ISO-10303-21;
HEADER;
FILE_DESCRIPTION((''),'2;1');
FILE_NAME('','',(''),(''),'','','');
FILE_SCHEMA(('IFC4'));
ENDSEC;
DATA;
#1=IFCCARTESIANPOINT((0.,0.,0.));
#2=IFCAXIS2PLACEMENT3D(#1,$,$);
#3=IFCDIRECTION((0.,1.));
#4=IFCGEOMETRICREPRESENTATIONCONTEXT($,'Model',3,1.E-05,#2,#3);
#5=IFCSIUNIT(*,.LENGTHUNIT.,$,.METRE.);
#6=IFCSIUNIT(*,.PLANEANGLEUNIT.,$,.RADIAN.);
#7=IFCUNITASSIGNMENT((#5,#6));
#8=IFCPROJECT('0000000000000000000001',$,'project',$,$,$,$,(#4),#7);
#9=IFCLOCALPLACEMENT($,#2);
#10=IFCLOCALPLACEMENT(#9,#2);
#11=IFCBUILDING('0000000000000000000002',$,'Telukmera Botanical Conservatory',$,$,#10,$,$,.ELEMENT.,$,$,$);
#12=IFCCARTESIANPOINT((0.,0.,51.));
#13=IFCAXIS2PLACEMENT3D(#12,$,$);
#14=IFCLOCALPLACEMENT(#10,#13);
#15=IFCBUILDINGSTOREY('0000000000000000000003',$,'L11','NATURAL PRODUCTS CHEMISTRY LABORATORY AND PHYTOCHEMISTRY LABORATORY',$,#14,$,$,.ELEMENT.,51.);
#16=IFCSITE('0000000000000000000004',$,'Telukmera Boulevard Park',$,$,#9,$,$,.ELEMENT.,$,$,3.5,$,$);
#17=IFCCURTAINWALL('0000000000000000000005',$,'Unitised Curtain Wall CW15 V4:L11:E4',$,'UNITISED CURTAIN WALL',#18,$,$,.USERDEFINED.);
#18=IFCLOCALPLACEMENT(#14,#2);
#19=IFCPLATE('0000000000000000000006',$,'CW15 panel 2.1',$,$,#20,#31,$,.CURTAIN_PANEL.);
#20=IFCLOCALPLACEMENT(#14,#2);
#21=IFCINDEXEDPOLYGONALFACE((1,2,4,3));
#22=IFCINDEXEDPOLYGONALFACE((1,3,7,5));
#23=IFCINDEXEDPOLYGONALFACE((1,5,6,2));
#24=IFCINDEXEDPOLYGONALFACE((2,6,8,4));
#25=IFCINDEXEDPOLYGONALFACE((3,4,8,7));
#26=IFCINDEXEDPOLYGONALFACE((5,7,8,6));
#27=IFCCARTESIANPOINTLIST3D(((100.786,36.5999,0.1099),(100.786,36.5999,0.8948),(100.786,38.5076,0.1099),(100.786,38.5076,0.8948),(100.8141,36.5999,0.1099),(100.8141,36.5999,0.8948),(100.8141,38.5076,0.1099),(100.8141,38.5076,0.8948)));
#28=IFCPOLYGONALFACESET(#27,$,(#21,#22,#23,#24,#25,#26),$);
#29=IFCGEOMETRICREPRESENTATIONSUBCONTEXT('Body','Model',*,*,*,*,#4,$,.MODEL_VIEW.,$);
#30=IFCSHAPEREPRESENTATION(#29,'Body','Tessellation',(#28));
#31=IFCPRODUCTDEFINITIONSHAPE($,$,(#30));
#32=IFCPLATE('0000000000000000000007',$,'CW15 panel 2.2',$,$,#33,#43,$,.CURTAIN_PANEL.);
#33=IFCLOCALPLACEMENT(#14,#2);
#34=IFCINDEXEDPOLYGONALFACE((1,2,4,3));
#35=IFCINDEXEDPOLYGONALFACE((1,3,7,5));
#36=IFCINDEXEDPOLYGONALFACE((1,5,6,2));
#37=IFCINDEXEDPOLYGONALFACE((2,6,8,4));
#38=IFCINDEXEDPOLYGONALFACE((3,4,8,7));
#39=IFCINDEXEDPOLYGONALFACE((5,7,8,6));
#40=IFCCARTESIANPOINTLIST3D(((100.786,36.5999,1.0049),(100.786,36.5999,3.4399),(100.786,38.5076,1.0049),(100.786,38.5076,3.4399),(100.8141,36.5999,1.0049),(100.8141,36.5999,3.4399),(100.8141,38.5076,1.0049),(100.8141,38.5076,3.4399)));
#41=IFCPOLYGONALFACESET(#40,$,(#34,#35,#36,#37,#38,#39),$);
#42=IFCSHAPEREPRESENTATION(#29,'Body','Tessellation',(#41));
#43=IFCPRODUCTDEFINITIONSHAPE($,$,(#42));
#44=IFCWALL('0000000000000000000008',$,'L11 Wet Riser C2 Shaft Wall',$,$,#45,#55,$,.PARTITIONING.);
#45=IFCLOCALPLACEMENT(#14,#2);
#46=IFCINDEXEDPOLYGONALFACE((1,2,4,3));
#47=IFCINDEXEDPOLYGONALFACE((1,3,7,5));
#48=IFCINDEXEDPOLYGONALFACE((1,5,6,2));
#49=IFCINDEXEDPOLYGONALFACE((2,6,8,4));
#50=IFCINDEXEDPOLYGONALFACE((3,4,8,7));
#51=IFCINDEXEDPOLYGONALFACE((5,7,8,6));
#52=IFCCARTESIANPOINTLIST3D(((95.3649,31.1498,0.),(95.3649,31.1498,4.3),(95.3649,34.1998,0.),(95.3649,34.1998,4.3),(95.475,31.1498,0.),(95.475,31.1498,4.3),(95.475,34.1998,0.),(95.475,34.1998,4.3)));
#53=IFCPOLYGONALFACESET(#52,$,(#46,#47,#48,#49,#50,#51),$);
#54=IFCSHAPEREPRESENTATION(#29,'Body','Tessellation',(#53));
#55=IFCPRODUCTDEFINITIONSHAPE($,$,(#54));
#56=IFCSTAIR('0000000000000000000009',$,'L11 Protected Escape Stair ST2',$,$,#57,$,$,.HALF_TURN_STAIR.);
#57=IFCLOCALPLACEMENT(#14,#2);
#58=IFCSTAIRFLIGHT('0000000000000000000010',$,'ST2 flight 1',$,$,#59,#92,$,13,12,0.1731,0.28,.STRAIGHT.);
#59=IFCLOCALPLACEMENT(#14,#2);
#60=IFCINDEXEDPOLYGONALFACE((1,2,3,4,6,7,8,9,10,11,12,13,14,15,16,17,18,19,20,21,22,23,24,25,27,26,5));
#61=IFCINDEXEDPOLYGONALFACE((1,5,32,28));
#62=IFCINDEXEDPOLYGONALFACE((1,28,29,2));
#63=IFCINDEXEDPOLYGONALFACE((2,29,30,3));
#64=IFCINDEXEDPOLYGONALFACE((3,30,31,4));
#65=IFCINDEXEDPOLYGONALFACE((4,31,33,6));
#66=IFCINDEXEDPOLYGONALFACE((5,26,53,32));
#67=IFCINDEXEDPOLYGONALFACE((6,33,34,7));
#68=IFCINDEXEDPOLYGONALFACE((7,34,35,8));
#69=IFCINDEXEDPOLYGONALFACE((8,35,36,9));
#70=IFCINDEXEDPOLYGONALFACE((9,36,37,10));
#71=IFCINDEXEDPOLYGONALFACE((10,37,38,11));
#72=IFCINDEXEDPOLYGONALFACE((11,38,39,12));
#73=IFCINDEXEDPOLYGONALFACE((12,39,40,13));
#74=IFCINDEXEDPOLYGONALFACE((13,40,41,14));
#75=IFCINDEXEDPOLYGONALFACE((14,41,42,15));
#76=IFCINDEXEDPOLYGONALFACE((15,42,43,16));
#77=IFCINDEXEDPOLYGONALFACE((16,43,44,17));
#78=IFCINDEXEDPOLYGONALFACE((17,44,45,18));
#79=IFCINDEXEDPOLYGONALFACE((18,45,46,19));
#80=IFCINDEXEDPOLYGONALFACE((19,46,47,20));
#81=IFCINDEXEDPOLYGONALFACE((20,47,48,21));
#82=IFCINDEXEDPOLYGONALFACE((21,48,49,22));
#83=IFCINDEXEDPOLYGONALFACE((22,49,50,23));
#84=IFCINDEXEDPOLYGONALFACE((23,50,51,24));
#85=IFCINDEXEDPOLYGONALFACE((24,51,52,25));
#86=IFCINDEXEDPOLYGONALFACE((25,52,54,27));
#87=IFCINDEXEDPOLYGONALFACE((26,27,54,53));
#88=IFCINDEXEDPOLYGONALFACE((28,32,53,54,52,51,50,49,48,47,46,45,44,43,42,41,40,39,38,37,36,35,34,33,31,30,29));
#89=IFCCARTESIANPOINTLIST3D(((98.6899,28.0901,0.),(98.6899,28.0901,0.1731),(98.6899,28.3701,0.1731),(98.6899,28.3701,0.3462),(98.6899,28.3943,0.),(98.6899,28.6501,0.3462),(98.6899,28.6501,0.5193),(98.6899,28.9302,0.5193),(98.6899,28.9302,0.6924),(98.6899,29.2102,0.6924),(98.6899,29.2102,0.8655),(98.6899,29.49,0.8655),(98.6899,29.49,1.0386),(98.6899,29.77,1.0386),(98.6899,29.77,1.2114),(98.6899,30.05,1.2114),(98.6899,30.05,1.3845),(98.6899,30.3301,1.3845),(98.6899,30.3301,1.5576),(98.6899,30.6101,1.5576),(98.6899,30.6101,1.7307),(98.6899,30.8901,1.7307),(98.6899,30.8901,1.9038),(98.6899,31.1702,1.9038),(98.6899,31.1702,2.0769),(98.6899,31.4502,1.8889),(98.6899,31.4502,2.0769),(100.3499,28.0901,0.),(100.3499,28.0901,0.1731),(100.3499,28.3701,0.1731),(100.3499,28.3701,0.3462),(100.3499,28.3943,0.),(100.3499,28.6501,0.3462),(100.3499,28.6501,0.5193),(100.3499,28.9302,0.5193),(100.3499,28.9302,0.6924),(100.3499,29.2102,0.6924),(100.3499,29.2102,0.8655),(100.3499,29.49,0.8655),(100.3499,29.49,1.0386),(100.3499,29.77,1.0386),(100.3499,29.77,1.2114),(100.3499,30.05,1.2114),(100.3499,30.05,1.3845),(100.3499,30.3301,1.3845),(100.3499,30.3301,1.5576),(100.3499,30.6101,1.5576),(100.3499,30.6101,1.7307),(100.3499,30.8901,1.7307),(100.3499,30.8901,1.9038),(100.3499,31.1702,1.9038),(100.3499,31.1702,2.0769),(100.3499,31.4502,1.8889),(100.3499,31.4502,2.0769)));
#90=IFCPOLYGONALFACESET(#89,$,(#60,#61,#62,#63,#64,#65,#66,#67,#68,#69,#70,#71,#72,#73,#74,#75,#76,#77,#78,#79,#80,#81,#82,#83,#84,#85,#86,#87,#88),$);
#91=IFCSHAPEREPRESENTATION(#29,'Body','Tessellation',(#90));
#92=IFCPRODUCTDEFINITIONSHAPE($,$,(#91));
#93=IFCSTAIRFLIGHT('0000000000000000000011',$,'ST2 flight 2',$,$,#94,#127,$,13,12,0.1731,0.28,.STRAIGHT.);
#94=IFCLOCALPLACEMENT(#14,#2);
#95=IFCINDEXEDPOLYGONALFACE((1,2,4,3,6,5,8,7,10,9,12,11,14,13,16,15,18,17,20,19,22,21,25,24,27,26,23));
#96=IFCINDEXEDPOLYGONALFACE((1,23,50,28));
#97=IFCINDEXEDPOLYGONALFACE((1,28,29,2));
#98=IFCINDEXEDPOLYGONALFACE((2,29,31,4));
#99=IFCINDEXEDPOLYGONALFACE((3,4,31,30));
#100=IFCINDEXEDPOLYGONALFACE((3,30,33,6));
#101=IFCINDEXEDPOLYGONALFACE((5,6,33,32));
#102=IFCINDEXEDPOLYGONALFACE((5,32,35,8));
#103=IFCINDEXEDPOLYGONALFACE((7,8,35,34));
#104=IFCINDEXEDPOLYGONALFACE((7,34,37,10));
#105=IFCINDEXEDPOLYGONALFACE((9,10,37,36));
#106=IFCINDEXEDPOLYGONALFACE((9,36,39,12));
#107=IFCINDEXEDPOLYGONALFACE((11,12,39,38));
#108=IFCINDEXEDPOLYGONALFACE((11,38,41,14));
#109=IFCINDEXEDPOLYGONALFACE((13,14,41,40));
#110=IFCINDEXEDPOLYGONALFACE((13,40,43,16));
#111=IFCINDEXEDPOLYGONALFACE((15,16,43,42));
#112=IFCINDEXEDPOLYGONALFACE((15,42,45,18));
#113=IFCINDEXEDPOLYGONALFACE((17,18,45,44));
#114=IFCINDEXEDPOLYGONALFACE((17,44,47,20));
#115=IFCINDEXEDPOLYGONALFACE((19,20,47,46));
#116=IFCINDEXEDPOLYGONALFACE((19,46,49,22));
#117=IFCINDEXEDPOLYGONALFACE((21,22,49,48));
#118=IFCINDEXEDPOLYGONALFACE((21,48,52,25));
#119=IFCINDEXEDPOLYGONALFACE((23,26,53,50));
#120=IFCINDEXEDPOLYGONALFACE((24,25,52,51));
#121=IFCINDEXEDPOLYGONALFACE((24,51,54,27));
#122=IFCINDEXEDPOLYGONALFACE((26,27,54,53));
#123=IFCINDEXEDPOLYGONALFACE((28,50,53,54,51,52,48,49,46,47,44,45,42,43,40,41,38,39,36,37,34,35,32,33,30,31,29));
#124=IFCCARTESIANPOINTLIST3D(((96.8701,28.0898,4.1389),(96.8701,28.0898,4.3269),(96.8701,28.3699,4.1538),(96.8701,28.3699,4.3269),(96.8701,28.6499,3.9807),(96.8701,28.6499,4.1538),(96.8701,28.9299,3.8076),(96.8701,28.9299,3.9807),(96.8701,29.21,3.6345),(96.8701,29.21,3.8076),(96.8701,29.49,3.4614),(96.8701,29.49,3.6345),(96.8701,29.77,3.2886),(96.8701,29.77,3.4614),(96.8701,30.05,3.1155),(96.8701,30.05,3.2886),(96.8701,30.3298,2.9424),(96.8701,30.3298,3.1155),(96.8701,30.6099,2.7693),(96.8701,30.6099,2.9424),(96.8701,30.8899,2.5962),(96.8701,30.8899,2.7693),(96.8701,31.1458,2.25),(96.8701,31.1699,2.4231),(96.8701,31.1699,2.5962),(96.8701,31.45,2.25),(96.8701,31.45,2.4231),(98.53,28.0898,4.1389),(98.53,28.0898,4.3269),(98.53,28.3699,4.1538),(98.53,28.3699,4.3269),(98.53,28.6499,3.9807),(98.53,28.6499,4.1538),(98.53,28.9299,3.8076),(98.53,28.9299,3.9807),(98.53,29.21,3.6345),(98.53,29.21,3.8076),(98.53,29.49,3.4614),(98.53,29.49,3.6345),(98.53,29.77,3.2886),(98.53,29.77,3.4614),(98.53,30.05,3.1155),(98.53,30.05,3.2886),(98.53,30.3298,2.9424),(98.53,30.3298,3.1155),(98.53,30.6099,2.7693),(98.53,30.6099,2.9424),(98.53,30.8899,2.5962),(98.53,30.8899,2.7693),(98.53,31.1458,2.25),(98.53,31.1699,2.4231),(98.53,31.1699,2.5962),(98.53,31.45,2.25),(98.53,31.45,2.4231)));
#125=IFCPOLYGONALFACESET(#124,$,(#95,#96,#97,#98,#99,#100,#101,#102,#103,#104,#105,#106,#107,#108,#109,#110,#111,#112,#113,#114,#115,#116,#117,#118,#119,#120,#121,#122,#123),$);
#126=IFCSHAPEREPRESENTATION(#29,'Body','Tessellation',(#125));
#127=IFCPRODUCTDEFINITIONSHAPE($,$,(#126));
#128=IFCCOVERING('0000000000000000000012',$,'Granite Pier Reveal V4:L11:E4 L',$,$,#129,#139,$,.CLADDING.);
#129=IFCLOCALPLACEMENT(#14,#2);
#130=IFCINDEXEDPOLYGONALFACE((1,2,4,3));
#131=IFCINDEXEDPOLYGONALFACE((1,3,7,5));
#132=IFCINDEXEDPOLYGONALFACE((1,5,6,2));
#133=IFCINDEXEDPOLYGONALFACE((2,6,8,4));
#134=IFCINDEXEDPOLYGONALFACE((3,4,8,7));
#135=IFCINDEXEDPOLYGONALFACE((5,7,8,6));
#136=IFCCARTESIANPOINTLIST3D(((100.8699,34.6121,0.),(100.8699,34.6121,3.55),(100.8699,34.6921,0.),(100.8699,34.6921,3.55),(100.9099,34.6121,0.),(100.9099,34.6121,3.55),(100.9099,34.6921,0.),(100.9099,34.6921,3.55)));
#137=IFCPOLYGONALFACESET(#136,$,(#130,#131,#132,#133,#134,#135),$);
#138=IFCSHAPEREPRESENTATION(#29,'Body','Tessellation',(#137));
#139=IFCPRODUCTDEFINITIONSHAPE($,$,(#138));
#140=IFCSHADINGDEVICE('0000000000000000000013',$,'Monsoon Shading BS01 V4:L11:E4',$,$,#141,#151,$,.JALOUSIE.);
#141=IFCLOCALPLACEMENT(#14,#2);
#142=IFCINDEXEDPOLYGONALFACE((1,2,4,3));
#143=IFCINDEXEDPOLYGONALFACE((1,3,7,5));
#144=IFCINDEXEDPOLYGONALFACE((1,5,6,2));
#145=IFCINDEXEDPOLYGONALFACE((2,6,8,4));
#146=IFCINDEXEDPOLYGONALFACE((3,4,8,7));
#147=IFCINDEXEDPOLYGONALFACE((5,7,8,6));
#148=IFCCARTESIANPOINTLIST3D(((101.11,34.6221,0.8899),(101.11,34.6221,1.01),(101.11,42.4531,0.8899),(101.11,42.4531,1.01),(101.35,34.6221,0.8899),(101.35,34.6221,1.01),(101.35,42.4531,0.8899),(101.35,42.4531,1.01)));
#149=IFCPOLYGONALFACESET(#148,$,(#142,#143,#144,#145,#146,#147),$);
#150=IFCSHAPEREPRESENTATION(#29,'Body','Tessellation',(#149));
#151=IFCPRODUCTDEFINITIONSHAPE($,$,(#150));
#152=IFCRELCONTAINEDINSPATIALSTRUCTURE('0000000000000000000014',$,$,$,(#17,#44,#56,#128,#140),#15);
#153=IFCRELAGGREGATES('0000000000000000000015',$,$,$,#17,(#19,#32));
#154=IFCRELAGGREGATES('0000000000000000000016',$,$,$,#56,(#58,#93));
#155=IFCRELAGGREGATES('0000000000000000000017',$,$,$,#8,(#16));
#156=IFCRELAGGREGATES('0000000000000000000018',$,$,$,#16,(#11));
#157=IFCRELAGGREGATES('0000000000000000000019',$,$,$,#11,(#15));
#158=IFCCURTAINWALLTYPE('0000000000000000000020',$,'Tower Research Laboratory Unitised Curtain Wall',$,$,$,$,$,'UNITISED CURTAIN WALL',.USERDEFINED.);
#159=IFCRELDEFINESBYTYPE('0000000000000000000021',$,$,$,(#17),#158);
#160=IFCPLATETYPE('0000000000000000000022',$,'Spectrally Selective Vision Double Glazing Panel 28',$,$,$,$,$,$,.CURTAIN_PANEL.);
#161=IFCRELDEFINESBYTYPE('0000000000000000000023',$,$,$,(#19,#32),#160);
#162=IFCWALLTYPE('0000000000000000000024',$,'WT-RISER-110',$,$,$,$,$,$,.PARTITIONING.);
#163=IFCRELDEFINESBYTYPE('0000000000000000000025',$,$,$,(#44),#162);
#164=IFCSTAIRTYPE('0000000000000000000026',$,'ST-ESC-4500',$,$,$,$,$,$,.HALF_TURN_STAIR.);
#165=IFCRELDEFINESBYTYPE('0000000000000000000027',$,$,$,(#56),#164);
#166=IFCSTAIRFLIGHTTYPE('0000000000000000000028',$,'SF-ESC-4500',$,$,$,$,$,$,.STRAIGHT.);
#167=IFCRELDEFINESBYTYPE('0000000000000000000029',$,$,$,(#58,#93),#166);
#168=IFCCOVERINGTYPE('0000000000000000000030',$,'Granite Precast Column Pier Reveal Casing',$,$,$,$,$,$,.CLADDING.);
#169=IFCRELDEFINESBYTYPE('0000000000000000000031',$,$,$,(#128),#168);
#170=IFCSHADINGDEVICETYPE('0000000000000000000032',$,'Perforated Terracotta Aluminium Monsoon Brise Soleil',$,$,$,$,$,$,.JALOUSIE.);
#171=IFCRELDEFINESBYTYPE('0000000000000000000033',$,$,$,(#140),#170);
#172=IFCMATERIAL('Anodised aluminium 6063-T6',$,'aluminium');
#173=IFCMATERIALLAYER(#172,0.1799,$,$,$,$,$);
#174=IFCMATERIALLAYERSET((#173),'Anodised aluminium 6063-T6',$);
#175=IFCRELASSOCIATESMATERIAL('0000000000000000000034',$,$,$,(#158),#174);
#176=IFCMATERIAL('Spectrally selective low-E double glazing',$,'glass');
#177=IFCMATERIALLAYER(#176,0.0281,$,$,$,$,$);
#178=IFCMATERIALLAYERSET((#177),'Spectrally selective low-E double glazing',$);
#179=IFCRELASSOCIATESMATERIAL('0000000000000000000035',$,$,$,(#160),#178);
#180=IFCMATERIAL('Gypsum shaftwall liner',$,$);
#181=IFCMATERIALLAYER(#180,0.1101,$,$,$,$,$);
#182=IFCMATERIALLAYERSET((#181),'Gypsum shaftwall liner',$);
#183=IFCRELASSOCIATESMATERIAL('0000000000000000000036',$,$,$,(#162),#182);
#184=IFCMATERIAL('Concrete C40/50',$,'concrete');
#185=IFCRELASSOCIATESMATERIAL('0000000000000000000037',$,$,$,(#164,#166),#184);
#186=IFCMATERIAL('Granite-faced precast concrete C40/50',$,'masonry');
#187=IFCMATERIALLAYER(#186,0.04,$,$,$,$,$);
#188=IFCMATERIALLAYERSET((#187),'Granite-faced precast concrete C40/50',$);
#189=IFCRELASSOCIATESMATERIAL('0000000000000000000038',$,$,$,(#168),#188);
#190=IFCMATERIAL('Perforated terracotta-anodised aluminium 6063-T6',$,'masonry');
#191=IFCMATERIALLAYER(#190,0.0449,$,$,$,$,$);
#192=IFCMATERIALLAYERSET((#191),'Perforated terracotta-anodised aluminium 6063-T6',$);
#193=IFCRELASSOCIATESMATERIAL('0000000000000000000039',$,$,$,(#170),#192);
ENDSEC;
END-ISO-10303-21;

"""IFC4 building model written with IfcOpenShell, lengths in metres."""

from ifc_helpers import new_model, si_unit, direction, frame, frame_2d, origin, origin_2d, place, context, subcontext, project, spatial, polyline, rectangle, outline, extrude, material, layer, layer_set, type_object, element, aggregate, save


model = new_model("IFC4")

# Units and contexts
model_context = context("Model", 3, precision=1e-05, world=origin(), true_north=direction((0.0, 1.0)))
body_context = subcontext(model_context, "Body", "Model", "MODEL_VIEW")
ifc_project = project(units=[si_unit("LENGTHUNIT", "METRE"), si_unit("PLANEANGLEUNIT", "RADIAN")], contexts=[model_context])

# Site, building, storey
site_placement = place(None, origin())
site = spatial("IfcSite", under=ifc_project, at=site_placement, Name="Telukmera Boulevard Park", CompositionType="ELEMENT", RefElevation=3.5)
building_placement = place(site_placement, origin())
building = spatial("IfcBuilding", under=site, at=building_placement, Name="Telukmera Botanical Conservatory", CompositionType="ELEMENT")
storey_placement = place(building_placement, frame((0.0, 0.0, 51.0)))
storey = spatial("IfcBuildingStorey", under=building, at=storey_placement, Name="L11", Description="NATURAL PRODUCTS CHEMISTRY LABORATORY AND PHYTOCHEMISTRY LABORATORY", CompositionType="ELEMENT", Elevation=51.0)

# Shared definitions
ifc_material_1 = material(Name="Concrete C40/50", Category="concrete")

# Curtain wall, plates
ifc_material_2 = material(Name="Anodised aluminium 6063-T6", Category="aluminium")
ifc_layer_1 = layer(ifc_material_2, 0.1799)
ifc_layer_set_1 = layer_set([ifc_layer_1], Name="Anodised aluminium 6063-T6")
curtain_wall_type = type_object("IfcCurtainWallType", Name="Tower Research Laboratory Unitised Curtain Wall", ElementType="UNITISED CURTAIN WALL", PredefinedType="USERDEFINED", material=ifc_layer_set_1)
curtain_wall_placement = place(storey_placement, origin())
curtain_wall = element("IfcCurtainWall", 1, at=curtain_wall_placement, inside=storey, type_object=curtain_wall_type, Name="Unitised Curtain Wall CW15 V4:L11:E4", ObjectType="UNITISED CURTAIN WALL", PredefinedType="USERDEFINED")
ifc_material_3 = material(Name="Spectrally selective low-E double glazing", Category="glass")
ifc_layer_2 = layer(ifc_material_3, 0.0281)
ifc_layer_set_2 = layer_set([ifc_layer_2], Name="Spectrally selective low-E double glazing")
plate_type = type_object("IfcPlateType", Name="Spectrally Selective Vision Double Glazing Panel 28", PredefinedType="CURTAIN_PANEL", material=ifc_layer_set_2)
plate_1_placement = place(storey_placement, frame((100.8, 37.5537, 0.1099), z_axis=(0.0, 0.0, 1.0), x_axis=(0.0, 1.0, 0.0)))
plate_1 = element("IfcPlate", 2, at=plate_1_placement, type_object=plate_type, Name="CW15 panel 2.1", PredefinedType="CURTAIN_PANEL", context=body_context, shape_type="SweptSolid", body=[
    extrude(rectangle(XDim=1.9077, YDim=0.0281, at=origin_2d()), origin(), (0.0, 0.0, 1.0), 0.7849),
])
plate_2_placement = place(storey_placement, frame((100.8, 37.5537, 1.0049), z_axis=(0.0, 0.0, 1.0), x_axis=(0.0, 1.0, 0.0)))
plate_2 = element("IfcPlate", 3, at=plate_2_placement, type_object=plate_type, Name="CW15 panel 2.2", PredefinedType="CURTAIN_PANEL", context=body_context, shape_type="SweptSolid", body=[
    extrude(rectangle(XDim=1.9077, YDim=0.0281, at=origin_2d()), origin(), (0.0, 0.0, 1.0), 2.4351),
])
aggregate(curtain_wall, [plate_1, plate_2])

# Wall
ifc_material_4 = material(Name="Gypsum shaftwall liner")
ifc_layer_3 = layer(ifc_material_4, 0.1101)
ifc_layer_set_3 = layer_set([ifc_layer_3], Name="Gypsum shaftwall liner")
wall_type = type_object("IfcWallType", Name="WT-RISER-110", PredefinedType="PARTITIONING", material=ifc_layer_set_3)
wall_placement = place(storey_placement, frame((95.4199, 31.1499, 0.0), z_axis=(0.0, 0.0, 1.0), x_axis=(0.0, 1.0, 0.0)))
element("IfcWall", 4, at=wall_placement, inside=storey, type_object=wall_type, Name="L11 Wet Riser C2 Shaft Wall", PredefinedType="PARTITIONING", context=body_context, shape_type="SweptSolid", body=[
    extrude(rectangle(XDim=3.05, YDim=0.1101, at=frame_2d((1.5249, 0.0))), origin(), (0.0, 0.0, 1.0), 4.3),
])

# Stair, stair flights
stair_type = type_object("IfcStairType", Name="ST-ESC-4500", PredefinedType="HALF_TURN_STAIR", material=ifc_material_1)
stair_placement = place(storey_placement, origin())
stair = element("IfcStair", 5, at=stair_placement, inside=storey, type_object=stair_type, Name="L11 Protected Escape Stair ST2", PredefinedType="HALF_TURN_STAIR")
stair_flight_type = type_object("IfcStairFlightType", Name="SF-ESC-4500", PredefinedType="STRAIGHT", material=ifc_material_1)
stair_flight_1_placement = place(storey_placement, frame((99.52, 28.0901, 0.0), z_axis=(0.0, 0.0, 1.0), x_axis=(0.0, 1.0, 0.0)))
stair_flight_1 = element("IfcStairFlight", 6, at=stair_flight_1_placement, type_object=stair_flight_type, Name="ST2 flight 1", NumberOfRisers=13, NumberOfTreads=12, PredefinedType="STRAIGHT", RiserHeight=0.1731, TreadLength=0.28, context=body_context, shape_type="SweptSolid", body=[
    extrude(outline(polyline([(0.0, 0.0), (0.0, 0.1731), (0.28, 0.1731), (0.28, 0.3462), (0.5601, 0.3462), (0.5601, 0.5193), (0.8401, 0.5193), (0.8401, 0.6924), (1.1201, 0.6924), (1.1201, 0.8655), (1.3999, 0.8655), (1.3999, 1.0386), (1.6799, 1.0386), (1.6799, 1.2114), (1.96, 1.2114), (1.96, 1.3845), (2.24, 1.3845), (2.24, 1.5576), (2.52, 1.5576), (2.52, 1.7307), (2.8, 1.7307), (2.8, 1.9038), (3.0801, 1.9038), (3.0801, 2.0769), (3.3601, 2.0769), (3.3601, 2.25), (3.3601, 1.8889), (0.3042, 0.0), (0.0, 0.0)])), frame((0.0, 0.8301, 0.0), z_axis=(0.0, -1.0, 0.0), x_axis=(1.0, 0.0, 0.0)), (0.0, 0.0, 1.0), 1.6599),
])
stair_flight_2_placement = place(storey_placement, frame((97.7, 31.45, 2.25), z_axis=(0.0, 0.0, 1.0), x_axis=(0.0, -1.0, 0.0)))
stair_flight_2 = element("IfcStairFlight", 7, at=stair_flight_2_placement, type_object=stair_flight_type, Name="ST2 flight 2", NumberOfRisers=13, NumberOfTreads=12, PredefinedType="STRAIGHT", RiserHeight=0.1731, TreadLength=0.28, context=body_context, shape_type="SweptSolid", body=[
    extrude(outline(polyline([(0.0, 0.0), (0.0, 0.1731), (0.28, 0.1731), (0.28, 0.3462), (0.5601, 0.3462), (0.5601, 0.5193), (0.8401, 0.5193), (0.8401, 0.6924), (1.1201, 0.6924), (1.1201, 0.8655), (1.3999, 0.8655), (1.3999, 1.0386), (1.6799, 1.0386), (1.6799, 1.2114), (1.96, 1.2114), (1.96, 1.3845), (2.24, 1.3845), (2.24, 1.5576), (2.52, 1.5576), (2.52, 1.7307), (2.8, 1.7307), (2.8, 1.9038), (3.0801, 1.9038), (3.0801, 2.0769), (3.3601, 2.0769), (3.3601, 2.25), (3.3601, 1.8889), (0.3042, 0.0), (0.0, 0.0)])), frame((0.0, 0.8301, 0.0), z_axis=(0.0, -1.0, 0.0), x_axis=(1.0, 0.0, 0.0)), (0.0, 0.0, 1.0), 1.6599),
])
aggregate(stair, [stair_flight_1, stair_flight_2])

# Covering
ifc_material_5 = material(Name="Granite-faced precast concrete C40/50", Category="masonry")
ifc_layer_4 = layer(ifc_material_5, 0.04)
ifc_layer_set_4 = layer_set([ifc_layer_4], Name="Granite-faced precast concrete C40/50")
covering_type_1 = type_object("IfcCoveringType", Name="Granite Precast Column Pier Reveal Casing", PredefinedType="CLADDING", material=ifc_layer_set_4)
covering_1_placement = place(storey_placement, frame((100.8899, 34.6521, 0.0), z_axis=(0.0, 0.0, 1.0), x_axis=(0.0, 1.0, 0.0)))
element("IfcCovering", 8, at=covering_1_placement, inside=storey, type_object=covering_type_1, Name="Granite Pier Reveal V4:L11:E4 L", PredefinedType="CLADDING", context=body_context, shape_type="SweptSolid", body=[
    extrude(rectangle(XDim=0.0801, YDim=0.04, at=origin_2d()), origin(), (0.0, 0.0, 1.0), 3.55),
])

# Shading device
ifc_material_6 = material(Name="Perforated terracotta-anodised aluminium 6063-T6", Category="masonry")
ifc_layer_5 = layer(ifc_material_6, 0.0449)
ifc_layer_set_5 = layer_set([ifc_layer_5], Name="Perforated terracotta-anodised aluminium 6063-T6")
shading_device_type = type_object("IfcShadingDeviceType", Name="Perforated Terracotta Aluminium Monsoon Brise Soleil", PredefinedType="JALOUSIE", material=ifc_layer_set_5)
shading_device_placement = place(storey_placement, frame((101.23, 38.5376, 0.8899), z_axis=(0.0, 0.0, 1.0), x_axis=(0.0, 1.0, 0.0)))
element("IfcShadingDevice", 9, at=shading_device_placement, inside=storey, type_object=shading_device_type, Name="Monsoon Shading BS01 V4:L11:E4", PredefinedType="JALOUSIE", context=body_context, shape_type="SweptSolid", body=[
    extrude(rectangle(XDim=7.8311, YDim=0.24, at=origin_2d()), origin(), (0.0, 0.0, 1.0), 0.1201),
])

save(model, "model.ifc")
